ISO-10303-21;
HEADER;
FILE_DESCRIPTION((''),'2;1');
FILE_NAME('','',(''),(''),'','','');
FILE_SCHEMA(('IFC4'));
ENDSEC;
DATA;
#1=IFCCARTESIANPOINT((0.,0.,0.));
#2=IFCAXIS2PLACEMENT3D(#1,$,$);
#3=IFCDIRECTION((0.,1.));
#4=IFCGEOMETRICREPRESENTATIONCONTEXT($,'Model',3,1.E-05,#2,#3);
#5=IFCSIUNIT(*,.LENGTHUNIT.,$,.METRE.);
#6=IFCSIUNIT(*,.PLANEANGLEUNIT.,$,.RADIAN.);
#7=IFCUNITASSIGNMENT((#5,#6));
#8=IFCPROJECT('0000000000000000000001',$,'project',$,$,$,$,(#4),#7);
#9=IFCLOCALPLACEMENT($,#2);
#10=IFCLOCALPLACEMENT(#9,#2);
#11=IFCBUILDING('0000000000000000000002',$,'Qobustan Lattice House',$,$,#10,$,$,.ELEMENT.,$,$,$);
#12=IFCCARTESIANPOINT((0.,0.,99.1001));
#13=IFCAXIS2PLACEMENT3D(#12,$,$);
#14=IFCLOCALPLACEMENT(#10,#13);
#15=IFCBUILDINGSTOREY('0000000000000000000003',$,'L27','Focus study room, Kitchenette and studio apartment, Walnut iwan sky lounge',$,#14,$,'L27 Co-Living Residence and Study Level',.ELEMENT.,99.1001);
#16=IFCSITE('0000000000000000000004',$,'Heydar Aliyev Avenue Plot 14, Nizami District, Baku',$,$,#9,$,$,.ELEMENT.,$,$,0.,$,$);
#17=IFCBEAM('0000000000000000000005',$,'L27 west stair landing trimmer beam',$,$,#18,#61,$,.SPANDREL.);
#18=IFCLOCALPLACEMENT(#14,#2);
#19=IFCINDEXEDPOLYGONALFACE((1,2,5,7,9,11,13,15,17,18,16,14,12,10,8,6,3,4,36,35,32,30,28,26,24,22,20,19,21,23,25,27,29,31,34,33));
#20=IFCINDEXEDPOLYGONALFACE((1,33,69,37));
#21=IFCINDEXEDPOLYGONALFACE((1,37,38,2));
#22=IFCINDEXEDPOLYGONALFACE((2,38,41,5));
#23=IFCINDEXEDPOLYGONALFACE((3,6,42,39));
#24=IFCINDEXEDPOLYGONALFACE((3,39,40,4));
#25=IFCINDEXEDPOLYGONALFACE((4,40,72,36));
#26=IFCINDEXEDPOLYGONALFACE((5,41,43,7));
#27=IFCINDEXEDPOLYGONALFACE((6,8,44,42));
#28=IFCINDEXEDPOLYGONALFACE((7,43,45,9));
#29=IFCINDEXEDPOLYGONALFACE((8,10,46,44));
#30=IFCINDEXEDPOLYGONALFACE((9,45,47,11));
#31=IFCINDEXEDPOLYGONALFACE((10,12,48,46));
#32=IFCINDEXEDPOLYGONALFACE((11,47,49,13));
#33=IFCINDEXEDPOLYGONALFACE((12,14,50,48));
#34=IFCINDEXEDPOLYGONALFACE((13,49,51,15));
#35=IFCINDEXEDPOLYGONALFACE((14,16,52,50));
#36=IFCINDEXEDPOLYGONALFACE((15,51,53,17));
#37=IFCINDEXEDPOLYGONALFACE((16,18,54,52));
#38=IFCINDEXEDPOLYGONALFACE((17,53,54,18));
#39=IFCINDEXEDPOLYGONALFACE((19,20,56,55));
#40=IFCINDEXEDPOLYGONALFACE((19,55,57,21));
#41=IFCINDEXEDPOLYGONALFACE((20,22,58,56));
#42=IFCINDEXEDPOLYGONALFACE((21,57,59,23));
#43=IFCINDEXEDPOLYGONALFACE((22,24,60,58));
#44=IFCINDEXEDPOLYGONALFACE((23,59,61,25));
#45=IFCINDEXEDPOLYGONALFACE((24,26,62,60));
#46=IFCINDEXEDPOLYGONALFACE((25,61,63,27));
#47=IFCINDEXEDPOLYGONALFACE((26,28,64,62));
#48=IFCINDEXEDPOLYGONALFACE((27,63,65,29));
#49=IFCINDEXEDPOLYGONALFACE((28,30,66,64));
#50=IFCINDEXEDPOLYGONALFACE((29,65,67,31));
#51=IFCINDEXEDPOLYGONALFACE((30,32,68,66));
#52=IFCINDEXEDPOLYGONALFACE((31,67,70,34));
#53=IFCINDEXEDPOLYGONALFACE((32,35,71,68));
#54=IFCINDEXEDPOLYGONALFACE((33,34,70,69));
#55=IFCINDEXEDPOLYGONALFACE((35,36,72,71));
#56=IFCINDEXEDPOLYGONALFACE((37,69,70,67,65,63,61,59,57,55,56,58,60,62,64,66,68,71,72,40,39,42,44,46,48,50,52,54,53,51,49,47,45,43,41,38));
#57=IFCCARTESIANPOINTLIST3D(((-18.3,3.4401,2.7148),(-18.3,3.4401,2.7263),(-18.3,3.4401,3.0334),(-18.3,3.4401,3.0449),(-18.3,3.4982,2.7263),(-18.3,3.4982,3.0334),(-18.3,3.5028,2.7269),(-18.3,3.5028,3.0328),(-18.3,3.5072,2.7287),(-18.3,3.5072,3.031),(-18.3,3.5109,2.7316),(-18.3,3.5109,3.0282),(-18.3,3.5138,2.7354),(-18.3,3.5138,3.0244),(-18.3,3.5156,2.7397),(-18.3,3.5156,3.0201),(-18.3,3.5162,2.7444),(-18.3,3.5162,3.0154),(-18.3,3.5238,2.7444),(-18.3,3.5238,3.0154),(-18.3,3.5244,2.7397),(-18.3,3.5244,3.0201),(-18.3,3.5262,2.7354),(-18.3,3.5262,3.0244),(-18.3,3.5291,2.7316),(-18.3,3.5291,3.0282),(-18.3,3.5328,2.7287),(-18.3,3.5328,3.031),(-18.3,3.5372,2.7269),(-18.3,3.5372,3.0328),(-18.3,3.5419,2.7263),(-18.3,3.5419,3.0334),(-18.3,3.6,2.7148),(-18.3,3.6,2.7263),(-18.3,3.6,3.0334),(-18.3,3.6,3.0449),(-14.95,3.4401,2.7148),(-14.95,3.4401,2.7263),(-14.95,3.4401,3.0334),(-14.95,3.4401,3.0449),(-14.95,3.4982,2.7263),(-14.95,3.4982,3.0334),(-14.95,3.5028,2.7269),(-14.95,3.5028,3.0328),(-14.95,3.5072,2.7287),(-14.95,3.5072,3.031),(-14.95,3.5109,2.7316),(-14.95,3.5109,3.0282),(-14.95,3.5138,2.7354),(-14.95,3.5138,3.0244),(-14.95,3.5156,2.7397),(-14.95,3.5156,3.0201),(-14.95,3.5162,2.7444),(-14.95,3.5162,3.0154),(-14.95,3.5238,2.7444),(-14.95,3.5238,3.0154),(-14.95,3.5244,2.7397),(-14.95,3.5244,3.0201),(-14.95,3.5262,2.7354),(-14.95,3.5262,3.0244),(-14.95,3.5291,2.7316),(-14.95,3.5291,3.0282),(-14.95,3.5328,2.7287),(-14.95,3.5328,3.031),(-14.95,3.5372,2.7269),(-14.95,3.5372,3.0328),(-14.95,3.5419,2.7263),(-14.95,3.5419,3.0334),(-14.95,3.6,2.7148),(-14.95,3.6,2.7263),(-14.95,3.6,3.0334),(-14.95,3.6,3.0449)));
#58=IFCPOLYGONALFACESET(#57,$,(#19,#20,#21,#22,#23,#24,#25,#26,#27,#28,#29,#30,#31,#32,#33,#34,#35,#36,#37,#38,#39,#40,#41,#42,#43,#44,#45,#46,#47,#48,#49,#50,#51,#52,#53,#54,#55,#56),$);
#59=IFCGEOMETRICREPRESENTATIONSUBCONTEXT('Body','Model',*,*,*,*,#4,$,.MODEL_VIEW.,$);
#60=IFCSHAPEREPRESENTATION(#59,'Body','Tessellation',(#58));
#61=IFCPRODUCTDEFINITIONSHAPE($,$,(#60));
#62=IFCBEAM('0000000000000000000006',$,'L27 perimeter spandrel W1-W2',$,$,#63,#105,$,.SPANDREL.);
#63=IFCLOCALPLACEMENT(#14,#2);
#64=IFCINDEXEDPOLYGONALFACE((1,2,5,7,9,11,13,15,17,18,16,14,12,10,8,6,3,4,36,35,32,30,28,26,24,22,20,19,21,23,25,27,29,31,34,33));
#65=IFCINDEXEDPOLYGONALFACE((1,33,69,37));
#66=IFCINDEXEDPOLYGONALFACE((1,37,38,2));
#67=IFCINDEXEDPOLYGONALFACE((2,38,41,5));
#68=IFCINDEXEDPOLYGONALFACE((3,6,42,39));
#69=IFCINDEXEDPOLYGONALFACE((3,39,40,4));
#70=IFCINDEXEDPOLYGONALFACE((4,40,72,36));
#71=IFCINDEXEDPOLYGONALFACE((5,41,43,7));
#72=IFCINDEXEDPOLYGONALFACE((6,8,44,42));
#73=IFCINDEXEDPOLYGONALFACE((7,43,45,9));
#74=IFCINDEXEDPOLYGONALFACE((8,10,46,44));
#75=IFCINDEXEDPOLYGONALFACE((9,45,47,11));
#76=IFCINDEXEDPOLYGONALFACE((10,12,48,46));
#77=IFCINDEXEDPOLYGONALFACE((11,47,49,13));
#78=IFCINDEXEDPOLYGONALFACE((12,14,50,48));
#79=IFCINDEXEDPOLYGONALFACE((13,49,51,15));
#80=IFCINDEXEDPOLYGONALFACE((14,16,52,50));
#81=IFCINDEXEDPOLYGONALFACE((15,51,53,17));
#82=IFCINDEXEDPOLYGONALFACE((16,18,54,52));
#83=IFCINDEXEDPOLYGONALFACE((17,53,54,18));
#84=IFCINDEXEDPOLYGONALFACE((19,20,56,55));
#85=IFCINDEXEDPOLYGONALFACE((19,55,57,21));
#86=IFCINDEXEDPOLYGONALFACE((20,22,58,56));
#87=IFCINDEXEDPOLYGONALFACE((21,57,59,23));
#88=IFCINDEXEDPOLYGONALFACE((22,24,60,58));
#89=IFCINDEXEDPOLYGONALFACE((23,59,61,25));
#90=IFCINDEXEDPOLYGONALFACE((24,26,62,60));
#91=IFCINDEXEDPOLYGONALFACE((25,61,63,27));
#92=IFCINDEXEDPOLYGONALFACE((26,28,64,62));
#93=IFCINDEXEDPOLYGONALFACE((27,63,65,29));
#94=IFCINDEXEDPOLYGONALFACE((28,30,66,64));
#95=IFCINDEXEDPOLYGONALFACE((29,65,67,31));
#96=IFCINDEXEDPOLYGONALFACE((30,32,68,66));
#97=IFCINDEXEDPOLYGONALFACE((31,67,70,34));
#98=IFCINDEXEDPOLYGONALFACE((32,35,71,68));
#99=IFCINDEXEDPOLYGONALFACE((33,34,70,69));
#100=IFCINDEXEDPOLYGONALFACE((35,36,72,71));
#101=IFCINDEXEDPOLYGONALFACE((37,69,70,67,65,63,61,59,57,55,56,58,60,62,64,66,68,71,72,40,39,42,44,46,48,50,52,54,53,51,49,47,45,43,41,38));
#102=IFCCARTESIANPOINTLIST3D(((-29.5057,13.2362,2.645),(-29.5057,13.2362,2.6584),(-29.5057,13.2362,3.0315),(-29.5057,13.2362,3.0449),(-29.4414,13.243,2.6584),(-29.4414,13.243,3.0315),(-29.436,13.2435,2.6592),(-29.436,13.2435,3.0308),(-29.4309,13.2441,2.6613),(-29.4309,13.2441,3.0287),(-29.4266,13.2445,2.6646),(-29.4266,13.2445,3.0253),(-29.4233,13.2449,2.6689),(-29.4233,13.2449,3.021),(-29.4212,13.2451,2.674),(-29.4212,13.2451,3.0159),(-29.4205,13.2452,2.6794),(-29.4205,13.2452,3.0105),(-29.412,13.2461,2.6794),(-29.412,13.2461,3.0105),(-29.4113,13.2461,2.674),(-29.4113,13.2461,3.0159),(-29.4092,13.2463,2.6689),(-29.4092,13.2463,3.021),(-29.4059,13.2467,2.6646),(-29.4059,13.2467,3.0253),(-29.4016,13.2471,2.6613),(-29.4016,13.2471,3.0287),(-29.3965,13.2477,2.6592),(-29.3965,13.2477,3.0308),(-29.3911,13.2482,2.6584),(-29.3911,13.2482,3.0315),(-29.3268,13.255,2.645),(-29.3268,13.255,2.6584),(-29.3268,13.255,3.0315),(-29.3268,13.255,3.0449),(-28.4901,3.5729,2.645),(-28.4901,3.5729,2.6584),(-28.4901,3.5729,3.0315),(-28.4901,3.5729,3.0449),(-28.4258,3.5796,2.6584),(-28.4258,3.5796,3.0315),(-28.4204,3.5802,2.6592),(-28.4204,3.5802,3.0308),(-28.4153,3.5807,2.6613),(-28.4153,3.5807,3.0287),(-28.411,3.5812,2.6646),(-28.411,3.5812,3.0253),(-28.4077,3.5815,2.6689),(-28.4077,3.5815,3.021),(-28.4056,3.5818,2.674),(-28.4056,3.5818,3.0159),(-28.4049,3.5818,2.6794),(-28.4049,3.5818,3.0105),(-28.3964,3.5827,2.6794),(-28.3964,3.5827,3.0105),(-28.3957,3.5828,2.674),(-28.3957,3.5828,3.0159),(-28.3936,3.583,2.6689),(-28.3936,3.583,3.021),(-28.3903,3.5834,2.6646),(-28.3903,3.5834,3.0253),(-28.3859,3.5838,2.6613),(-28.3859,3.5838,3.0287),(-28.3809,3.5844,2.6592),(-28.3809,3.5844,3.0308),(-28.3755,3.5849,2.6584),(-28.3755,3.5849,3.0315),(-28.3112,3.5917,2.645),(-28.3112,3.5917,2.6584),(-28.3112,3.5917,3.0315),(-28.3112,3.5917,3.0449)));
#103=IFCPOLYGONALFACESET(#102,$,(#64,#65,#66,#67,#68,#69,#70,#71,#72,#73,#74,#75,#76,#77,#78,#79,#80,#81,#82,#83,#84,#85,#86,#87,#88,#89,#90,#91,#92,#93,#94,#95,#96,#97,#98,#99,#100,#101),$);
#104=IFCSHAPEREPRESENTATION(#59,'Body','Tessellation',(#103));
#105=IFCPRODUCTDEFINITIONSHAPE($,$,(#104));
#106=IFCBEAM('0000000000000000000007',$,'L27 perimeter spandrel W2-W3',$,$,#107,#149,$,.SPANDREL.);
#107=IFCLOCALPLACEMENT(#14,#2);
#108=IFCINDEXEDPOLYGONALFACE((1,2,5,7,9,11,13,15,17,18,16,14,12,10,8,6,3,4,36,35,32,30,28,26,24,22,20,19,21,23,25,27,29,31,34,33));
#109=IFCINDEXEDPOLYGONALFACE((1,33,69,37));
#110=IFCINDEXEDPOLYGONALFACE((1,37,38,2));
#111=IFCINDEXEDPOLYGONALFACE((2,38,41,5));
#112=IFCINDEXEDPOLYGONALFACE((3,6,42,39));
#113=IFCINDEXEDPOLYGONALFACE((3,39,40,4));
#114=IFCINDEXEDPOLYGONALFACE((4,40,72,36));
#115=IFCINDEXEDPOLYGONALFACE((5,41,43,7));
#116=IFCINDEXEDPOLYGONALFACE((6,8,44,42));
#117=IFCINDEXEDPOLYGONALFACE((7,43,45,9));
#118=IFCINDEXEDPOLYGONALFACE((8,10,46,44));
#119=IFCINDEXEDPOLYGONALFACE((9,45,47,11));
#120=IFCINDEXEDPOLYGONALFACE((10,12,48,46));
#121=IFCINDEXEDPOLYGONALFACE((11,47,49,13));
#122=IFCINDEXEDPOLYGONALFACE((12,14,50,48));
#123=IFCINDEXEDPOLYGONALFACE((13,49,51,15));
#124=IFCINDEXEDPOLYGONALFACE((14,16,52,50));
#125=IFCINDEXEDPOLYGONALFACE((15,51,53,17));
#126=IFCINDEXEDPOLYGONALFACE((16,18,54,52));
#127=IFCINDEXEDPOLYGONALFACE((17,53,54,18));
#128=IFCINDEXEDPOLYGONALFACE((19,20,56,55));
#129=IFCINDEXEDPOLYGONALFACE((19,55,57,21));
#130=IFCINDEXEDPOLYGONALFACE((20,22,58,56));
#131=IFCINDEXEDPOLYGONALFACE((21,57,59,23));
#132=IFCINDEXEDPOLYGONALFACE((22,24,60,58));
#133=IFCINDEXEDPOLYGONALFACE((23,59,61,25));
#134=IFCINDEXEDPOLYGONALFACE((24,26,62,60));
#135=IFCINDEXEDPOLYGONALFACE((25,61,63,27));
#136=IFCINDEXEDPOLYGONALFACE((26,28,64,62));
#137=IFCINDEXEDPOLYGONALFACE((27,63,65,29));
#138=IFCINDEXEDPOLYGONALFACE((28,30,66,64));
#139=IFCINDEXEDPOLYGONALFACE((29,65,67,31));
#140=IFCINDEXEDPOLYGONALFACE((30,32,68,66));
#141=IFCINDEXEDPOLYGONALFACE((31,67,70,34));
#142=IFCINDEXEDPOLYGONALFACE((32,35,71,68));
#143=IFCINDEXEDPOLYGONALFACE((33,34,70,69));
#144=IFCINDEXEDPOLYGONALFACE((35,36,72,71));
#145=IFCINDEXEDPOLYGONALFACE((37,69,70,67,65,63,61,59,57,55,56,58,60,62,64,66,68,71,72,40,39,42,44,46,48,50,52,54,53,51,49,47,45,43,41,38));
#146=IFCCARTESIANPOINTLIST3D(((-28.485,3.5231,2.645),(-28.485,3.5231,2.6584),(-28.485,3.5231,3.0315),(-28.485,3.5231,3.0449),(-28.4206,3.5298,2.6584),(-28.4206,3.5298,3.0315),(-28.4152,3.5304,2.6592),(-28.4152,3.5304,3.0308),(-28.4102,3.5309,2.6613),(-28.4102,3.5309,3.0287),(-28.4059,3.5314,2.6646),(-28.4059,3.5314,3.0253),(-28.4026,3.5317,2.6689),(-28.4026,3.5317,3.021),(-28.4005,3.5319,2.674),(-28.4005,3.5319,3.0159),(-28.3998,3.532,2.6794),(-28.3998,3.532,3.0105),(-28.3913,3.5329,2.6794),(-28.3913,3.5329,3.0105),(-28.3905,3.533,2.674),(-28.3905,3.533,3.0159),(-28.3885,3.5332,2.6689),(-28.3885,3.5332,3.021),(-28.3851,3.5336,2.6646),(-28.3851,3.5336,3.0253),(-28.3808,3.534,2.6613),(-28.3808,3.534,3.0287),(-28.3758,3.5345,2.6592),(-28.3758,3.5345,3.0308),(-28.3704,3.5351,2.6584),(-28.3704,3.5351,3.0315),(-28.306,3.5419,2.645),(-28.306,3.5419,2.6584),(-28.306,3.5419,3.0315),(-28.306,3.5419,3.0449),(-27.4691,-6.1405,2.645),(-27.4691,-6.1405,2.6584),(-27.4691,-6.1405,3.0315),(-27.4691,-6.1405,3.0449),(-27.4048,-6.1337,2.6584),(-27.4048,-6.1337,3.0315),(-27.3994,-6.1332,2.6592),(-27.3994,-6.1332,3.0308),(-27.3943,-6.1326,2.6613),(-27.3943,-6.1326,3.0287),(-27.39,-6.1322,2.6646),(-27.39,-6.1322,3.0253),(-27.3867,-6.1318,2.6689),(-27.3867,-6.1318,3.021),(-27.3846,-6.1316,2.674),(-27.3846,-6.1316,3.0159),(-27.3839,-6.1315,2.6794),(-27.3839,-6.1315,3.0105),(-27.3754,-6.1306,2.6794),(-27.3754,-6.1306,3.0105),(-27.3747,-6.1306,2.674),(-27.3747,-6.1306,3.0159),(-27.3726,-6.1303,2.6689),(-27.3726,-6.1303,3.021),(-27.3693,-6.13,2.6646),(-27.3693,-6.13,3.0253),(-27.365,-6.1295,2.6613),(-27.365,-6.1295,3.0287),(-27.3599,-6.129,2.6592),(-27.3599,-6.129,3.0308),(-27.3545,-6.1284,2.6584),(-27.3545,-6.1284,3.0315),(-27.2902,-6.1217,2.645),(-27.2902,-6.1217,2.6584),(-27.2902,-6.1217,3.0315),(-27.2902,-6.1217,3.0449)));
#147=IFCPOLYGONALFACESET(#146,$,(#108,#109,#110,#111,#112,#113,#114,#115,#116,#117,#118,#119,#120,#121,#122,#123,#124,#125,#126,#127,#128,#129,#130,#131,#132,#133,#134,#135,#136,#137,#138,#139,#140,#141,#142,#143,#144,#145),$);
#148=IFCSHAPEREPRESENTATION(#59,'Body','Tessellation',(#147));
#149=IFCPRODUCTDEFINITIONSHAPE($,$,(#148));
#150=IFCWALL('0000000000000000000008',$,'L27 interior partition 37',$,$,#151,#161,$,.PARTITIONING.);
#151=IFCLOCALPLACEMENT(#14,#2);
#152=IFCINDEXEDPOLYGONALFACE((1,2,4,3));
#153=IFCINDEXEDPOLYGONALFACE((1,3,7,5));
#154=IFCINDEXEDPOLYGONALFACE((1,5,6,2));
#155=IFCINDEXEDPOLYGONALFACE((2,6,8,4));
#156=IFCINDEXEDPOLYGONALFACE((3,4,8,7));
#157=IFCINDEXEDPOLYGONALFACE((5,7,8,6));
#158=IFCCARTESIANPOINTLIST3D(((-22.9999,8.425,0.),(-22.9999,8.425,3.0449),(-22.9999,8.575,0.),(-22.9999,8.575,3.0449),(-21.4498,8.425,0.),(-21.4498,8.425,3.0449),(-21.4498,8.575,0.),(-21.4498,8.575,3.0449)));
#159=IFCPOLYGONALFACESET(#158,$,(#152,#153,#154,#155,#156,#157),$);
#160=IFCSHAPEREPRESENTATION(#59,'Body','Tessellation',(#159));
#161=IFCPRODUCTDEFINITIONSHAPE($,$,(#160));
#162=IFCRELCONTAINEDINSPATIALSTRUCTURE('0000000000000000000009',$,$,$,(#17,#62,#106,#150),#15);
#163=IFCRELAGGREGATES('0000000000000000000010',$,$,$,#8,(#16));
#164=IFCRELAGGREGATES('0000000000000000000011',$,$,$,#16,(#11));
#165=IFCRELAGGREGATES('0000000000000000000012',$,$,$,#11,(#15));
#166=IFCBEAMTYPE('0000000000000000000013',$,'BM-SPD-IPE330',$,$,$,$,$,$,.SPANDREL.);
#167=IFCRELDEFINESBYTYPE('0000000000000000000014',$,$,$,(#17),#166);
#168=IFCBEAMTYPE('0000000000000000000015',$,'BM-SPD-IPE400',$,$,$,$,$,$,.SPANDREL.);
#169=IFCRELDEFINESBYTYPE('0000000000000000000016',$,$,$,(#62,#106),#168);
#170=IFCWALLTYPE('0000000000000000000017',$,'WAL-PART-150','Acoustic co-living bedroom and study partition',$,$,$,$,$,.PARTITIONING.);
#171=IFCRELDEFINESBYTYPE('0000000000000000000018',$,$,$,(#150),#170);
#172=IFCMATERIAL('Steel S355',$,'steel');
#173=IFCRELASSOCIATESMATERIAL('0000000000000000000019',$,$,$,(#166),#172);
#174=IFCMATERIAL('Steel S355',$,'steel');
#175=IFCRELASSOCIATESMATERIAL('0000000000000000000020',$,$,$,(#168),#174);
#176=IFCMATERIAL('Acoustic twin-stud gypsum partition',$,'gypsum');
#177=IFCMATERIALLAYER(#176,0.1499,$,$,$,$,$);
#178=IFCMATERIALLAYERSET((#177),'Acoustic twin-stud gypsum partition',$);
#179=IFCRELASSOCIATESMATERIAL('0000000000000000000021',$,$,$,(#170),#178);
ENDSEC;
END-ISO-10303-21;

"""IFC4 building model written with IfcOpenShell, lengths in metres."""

from ifc_helpers import new_model, si_unit, direction, frame, frame_2d, origin, origin_2d, place, context, subcontext, project, spatial, rectangle, i_section, extrude, material, layer, layer_set, material_profile, profile_set, type_object, element, save


model = new_model("IFC4")

# Units and contexts
model_context = context("Model", 3, precision=1e-05, world=origin(), true_north=direction((0.0, 1.0)))
body_context = subcontext(model_context, "Body", "Model", "MODEL_VIEW")
ifc_project = project(units=[si_unit("LENGTHUNIT", "METRE"), si_unit("PLANEANGLEUNIT", "RADIAN")], contexts=[model_context])

# Site, building, storey
site_placement = place(None, origin())
site = spatial("IfcSite", under=ifc_project, at=site_placement, Name="Heydar Aliyev Avenue Plot 14, Nizami District, Baku", CompositionType="ELEMENT", RefElevation=0.0)
building_placement = place(site_placement, origin())
building = spatial("IfcBuilding", under=site, at=building_placement, Name="Qobustan Lattice House", CompositionType="ELEMENT")
storey_placement = place(building_placement, frame((0.0, 0.0, 99.1001)))
storey = spatial("IfcBuildingStorey", under=building, at=storey_placement, Name="L27", Description="Focus study room, Kitchenette and studio apartment, Walnut iwan sky lounge", LongName="L27 Co-Living Residence and Study Level", CompositionType="ELEMENT", Elevation=99.1001)

# Beams
ifc_material_1 = material(Name="Steel S355", Category="steel")
ifc_material_profile_1 = material_profile(ifc_material_1, i_section(OverallWidth=0.1599, OverallDepth=0.3301, WebThickness=0.0076, FlangeThickness=0.0115, FilletRadius=0.0181, at=origin_2d()), Name="IPE330")
ifc_profile_set_1 = profile_set([ifc_material_profile_1], Name="Steel S355")
beam_type_1 = type_object("IfcBeamType", Name="BM-SPD-IPE330", PredefinedType="SPANDREL", material=ifc_profile_set_1)
beam_1_placement = place(storey_placement, frame((-18.3, 3.52, 2.8799), z_axis=(1.0, 0.0, 0.0), x_axis=(0.0, 1.0, 0.0)))
element("IfcBeam", 1, at=beam_1_placement, inside=storey, type_object=beam_type_1, Name="L27 west stair landing trimmer beam", PredefinedType="SPANDREL", context=body_context, shape_type="SweptSolid", body=[
    extrude(i_section(OverallWidth=0.1599, OverallDepth=0.3301, WebThickness=0.0076, FlangeThickness=0.0115, FilletRadius=0.0181, at=origin_2d()), origin(), (0.0, 0.0, 1.0), 3.3501),
])
ifc_material_2 = material(Name="Steel S355", Category="steel")
ifc_material_profile_2 = material_profile(ifc_material_2, i_section(OverallWidth=0.1799, OverallDepth=0.3999, WebThickness=0.0085, FlangeThickness=0.0134, FilletRadius=0.021, at=origin_2d()), Name="IPE400")
ifc_profile_set_2 = profile_set([ifc_material_profile_2], Name="Steel S355")
beam_type_2 = type_object("IfcBeamType", Name="BM-SPD-IPE400", PredefinedType="SPANDREL", material=ifc_profile_set_2)
beam_2_placement = place(storey_placement, frame((-29.4163, 13.2456, 2.845), z_axis=(0.104525, -0.994522, 0.0), x_axis=(0.994522, 0.104525, 0.0)))
element("IfcBeam", 2, at=beam_2_placement, inside=storey, type_object=beam_type_2, Name="L27 perimeter spandrel W1-W2", PredefinedType="SPANDREL", context=body_context, shape_type="SweptSolid", body=[
    extrude(i_section(OverallWidth=0.1799, OverallDepth=0.3999, WebThickness=0.0085, FlangeThickness=0.0134, FilletRadius=0.021, at=origin_2d()), origin(), (0.0, 0.0, 1.0), 9.7166),
])
beam_3_placement = place(storey_placement, frame((-28.3955, 3.5325, 2.845), z_axis=(0.104547, -0.99452, 0.0), x_axis=(0.99452, 0.104547, 0.0)))
element("IfcBeam", 3, at=beam_3_placement, inside=storey, type_object=beam_type_2, Name="L27 perimeter spandrel W2-W3", PredefinedType="SPANDREL", context=body_context, shape_type="SweptSolid", body=[
    extrude(i_section(OverallWidth=0.1799, OverallDepth=0.3999, WebThickness=0.0085, FlangeThickness=0.0134, FilletRadius=0.021, at=origin_2d()), origin(), (0.0, 0.0, 1.0), 9.7168),
])

# Wall
ifc_material_3 = material(Name="Acoustic twin-stud gypsum partition", Category="gypsum")
ifc_layer_1 = layer(ifc_material_3, 0.1499)
ifc_layer_set_1 = layer_set([ifc_layer_1], Name="Acoustic twin-stud gypsum partition")
wall_type_1 = type_object("IfcWallType", Name="WAL-PART-150", Description="Acoustic co-living bedroom and study partition", PredefinedType="PARTITIONING", material=ifc_layer_set_1)
wall_1_placement = place(storey_placement, frame((-21.45, 8.5, 0.0), z_axis=(0.0, 0.0, 1.0), x_axis=(-1.0, 0.0, 0.0)))
element("IfcWall", 4, at=wall_1_placement, inside=storey, type_object=wall_type_1, Name="L27 interior partition 37", PredefinedType="PARTITIONING", context=body_context, shape_type="SweptSolid", body=[
    extrude(rectangle(XDim=1.55, YDim=0.1499, at=frame_2d((0.7749, 0.0))), origin(), (0.0, 0.0, 1.0), 3.0449),
])

save(model, "model.ifc")
